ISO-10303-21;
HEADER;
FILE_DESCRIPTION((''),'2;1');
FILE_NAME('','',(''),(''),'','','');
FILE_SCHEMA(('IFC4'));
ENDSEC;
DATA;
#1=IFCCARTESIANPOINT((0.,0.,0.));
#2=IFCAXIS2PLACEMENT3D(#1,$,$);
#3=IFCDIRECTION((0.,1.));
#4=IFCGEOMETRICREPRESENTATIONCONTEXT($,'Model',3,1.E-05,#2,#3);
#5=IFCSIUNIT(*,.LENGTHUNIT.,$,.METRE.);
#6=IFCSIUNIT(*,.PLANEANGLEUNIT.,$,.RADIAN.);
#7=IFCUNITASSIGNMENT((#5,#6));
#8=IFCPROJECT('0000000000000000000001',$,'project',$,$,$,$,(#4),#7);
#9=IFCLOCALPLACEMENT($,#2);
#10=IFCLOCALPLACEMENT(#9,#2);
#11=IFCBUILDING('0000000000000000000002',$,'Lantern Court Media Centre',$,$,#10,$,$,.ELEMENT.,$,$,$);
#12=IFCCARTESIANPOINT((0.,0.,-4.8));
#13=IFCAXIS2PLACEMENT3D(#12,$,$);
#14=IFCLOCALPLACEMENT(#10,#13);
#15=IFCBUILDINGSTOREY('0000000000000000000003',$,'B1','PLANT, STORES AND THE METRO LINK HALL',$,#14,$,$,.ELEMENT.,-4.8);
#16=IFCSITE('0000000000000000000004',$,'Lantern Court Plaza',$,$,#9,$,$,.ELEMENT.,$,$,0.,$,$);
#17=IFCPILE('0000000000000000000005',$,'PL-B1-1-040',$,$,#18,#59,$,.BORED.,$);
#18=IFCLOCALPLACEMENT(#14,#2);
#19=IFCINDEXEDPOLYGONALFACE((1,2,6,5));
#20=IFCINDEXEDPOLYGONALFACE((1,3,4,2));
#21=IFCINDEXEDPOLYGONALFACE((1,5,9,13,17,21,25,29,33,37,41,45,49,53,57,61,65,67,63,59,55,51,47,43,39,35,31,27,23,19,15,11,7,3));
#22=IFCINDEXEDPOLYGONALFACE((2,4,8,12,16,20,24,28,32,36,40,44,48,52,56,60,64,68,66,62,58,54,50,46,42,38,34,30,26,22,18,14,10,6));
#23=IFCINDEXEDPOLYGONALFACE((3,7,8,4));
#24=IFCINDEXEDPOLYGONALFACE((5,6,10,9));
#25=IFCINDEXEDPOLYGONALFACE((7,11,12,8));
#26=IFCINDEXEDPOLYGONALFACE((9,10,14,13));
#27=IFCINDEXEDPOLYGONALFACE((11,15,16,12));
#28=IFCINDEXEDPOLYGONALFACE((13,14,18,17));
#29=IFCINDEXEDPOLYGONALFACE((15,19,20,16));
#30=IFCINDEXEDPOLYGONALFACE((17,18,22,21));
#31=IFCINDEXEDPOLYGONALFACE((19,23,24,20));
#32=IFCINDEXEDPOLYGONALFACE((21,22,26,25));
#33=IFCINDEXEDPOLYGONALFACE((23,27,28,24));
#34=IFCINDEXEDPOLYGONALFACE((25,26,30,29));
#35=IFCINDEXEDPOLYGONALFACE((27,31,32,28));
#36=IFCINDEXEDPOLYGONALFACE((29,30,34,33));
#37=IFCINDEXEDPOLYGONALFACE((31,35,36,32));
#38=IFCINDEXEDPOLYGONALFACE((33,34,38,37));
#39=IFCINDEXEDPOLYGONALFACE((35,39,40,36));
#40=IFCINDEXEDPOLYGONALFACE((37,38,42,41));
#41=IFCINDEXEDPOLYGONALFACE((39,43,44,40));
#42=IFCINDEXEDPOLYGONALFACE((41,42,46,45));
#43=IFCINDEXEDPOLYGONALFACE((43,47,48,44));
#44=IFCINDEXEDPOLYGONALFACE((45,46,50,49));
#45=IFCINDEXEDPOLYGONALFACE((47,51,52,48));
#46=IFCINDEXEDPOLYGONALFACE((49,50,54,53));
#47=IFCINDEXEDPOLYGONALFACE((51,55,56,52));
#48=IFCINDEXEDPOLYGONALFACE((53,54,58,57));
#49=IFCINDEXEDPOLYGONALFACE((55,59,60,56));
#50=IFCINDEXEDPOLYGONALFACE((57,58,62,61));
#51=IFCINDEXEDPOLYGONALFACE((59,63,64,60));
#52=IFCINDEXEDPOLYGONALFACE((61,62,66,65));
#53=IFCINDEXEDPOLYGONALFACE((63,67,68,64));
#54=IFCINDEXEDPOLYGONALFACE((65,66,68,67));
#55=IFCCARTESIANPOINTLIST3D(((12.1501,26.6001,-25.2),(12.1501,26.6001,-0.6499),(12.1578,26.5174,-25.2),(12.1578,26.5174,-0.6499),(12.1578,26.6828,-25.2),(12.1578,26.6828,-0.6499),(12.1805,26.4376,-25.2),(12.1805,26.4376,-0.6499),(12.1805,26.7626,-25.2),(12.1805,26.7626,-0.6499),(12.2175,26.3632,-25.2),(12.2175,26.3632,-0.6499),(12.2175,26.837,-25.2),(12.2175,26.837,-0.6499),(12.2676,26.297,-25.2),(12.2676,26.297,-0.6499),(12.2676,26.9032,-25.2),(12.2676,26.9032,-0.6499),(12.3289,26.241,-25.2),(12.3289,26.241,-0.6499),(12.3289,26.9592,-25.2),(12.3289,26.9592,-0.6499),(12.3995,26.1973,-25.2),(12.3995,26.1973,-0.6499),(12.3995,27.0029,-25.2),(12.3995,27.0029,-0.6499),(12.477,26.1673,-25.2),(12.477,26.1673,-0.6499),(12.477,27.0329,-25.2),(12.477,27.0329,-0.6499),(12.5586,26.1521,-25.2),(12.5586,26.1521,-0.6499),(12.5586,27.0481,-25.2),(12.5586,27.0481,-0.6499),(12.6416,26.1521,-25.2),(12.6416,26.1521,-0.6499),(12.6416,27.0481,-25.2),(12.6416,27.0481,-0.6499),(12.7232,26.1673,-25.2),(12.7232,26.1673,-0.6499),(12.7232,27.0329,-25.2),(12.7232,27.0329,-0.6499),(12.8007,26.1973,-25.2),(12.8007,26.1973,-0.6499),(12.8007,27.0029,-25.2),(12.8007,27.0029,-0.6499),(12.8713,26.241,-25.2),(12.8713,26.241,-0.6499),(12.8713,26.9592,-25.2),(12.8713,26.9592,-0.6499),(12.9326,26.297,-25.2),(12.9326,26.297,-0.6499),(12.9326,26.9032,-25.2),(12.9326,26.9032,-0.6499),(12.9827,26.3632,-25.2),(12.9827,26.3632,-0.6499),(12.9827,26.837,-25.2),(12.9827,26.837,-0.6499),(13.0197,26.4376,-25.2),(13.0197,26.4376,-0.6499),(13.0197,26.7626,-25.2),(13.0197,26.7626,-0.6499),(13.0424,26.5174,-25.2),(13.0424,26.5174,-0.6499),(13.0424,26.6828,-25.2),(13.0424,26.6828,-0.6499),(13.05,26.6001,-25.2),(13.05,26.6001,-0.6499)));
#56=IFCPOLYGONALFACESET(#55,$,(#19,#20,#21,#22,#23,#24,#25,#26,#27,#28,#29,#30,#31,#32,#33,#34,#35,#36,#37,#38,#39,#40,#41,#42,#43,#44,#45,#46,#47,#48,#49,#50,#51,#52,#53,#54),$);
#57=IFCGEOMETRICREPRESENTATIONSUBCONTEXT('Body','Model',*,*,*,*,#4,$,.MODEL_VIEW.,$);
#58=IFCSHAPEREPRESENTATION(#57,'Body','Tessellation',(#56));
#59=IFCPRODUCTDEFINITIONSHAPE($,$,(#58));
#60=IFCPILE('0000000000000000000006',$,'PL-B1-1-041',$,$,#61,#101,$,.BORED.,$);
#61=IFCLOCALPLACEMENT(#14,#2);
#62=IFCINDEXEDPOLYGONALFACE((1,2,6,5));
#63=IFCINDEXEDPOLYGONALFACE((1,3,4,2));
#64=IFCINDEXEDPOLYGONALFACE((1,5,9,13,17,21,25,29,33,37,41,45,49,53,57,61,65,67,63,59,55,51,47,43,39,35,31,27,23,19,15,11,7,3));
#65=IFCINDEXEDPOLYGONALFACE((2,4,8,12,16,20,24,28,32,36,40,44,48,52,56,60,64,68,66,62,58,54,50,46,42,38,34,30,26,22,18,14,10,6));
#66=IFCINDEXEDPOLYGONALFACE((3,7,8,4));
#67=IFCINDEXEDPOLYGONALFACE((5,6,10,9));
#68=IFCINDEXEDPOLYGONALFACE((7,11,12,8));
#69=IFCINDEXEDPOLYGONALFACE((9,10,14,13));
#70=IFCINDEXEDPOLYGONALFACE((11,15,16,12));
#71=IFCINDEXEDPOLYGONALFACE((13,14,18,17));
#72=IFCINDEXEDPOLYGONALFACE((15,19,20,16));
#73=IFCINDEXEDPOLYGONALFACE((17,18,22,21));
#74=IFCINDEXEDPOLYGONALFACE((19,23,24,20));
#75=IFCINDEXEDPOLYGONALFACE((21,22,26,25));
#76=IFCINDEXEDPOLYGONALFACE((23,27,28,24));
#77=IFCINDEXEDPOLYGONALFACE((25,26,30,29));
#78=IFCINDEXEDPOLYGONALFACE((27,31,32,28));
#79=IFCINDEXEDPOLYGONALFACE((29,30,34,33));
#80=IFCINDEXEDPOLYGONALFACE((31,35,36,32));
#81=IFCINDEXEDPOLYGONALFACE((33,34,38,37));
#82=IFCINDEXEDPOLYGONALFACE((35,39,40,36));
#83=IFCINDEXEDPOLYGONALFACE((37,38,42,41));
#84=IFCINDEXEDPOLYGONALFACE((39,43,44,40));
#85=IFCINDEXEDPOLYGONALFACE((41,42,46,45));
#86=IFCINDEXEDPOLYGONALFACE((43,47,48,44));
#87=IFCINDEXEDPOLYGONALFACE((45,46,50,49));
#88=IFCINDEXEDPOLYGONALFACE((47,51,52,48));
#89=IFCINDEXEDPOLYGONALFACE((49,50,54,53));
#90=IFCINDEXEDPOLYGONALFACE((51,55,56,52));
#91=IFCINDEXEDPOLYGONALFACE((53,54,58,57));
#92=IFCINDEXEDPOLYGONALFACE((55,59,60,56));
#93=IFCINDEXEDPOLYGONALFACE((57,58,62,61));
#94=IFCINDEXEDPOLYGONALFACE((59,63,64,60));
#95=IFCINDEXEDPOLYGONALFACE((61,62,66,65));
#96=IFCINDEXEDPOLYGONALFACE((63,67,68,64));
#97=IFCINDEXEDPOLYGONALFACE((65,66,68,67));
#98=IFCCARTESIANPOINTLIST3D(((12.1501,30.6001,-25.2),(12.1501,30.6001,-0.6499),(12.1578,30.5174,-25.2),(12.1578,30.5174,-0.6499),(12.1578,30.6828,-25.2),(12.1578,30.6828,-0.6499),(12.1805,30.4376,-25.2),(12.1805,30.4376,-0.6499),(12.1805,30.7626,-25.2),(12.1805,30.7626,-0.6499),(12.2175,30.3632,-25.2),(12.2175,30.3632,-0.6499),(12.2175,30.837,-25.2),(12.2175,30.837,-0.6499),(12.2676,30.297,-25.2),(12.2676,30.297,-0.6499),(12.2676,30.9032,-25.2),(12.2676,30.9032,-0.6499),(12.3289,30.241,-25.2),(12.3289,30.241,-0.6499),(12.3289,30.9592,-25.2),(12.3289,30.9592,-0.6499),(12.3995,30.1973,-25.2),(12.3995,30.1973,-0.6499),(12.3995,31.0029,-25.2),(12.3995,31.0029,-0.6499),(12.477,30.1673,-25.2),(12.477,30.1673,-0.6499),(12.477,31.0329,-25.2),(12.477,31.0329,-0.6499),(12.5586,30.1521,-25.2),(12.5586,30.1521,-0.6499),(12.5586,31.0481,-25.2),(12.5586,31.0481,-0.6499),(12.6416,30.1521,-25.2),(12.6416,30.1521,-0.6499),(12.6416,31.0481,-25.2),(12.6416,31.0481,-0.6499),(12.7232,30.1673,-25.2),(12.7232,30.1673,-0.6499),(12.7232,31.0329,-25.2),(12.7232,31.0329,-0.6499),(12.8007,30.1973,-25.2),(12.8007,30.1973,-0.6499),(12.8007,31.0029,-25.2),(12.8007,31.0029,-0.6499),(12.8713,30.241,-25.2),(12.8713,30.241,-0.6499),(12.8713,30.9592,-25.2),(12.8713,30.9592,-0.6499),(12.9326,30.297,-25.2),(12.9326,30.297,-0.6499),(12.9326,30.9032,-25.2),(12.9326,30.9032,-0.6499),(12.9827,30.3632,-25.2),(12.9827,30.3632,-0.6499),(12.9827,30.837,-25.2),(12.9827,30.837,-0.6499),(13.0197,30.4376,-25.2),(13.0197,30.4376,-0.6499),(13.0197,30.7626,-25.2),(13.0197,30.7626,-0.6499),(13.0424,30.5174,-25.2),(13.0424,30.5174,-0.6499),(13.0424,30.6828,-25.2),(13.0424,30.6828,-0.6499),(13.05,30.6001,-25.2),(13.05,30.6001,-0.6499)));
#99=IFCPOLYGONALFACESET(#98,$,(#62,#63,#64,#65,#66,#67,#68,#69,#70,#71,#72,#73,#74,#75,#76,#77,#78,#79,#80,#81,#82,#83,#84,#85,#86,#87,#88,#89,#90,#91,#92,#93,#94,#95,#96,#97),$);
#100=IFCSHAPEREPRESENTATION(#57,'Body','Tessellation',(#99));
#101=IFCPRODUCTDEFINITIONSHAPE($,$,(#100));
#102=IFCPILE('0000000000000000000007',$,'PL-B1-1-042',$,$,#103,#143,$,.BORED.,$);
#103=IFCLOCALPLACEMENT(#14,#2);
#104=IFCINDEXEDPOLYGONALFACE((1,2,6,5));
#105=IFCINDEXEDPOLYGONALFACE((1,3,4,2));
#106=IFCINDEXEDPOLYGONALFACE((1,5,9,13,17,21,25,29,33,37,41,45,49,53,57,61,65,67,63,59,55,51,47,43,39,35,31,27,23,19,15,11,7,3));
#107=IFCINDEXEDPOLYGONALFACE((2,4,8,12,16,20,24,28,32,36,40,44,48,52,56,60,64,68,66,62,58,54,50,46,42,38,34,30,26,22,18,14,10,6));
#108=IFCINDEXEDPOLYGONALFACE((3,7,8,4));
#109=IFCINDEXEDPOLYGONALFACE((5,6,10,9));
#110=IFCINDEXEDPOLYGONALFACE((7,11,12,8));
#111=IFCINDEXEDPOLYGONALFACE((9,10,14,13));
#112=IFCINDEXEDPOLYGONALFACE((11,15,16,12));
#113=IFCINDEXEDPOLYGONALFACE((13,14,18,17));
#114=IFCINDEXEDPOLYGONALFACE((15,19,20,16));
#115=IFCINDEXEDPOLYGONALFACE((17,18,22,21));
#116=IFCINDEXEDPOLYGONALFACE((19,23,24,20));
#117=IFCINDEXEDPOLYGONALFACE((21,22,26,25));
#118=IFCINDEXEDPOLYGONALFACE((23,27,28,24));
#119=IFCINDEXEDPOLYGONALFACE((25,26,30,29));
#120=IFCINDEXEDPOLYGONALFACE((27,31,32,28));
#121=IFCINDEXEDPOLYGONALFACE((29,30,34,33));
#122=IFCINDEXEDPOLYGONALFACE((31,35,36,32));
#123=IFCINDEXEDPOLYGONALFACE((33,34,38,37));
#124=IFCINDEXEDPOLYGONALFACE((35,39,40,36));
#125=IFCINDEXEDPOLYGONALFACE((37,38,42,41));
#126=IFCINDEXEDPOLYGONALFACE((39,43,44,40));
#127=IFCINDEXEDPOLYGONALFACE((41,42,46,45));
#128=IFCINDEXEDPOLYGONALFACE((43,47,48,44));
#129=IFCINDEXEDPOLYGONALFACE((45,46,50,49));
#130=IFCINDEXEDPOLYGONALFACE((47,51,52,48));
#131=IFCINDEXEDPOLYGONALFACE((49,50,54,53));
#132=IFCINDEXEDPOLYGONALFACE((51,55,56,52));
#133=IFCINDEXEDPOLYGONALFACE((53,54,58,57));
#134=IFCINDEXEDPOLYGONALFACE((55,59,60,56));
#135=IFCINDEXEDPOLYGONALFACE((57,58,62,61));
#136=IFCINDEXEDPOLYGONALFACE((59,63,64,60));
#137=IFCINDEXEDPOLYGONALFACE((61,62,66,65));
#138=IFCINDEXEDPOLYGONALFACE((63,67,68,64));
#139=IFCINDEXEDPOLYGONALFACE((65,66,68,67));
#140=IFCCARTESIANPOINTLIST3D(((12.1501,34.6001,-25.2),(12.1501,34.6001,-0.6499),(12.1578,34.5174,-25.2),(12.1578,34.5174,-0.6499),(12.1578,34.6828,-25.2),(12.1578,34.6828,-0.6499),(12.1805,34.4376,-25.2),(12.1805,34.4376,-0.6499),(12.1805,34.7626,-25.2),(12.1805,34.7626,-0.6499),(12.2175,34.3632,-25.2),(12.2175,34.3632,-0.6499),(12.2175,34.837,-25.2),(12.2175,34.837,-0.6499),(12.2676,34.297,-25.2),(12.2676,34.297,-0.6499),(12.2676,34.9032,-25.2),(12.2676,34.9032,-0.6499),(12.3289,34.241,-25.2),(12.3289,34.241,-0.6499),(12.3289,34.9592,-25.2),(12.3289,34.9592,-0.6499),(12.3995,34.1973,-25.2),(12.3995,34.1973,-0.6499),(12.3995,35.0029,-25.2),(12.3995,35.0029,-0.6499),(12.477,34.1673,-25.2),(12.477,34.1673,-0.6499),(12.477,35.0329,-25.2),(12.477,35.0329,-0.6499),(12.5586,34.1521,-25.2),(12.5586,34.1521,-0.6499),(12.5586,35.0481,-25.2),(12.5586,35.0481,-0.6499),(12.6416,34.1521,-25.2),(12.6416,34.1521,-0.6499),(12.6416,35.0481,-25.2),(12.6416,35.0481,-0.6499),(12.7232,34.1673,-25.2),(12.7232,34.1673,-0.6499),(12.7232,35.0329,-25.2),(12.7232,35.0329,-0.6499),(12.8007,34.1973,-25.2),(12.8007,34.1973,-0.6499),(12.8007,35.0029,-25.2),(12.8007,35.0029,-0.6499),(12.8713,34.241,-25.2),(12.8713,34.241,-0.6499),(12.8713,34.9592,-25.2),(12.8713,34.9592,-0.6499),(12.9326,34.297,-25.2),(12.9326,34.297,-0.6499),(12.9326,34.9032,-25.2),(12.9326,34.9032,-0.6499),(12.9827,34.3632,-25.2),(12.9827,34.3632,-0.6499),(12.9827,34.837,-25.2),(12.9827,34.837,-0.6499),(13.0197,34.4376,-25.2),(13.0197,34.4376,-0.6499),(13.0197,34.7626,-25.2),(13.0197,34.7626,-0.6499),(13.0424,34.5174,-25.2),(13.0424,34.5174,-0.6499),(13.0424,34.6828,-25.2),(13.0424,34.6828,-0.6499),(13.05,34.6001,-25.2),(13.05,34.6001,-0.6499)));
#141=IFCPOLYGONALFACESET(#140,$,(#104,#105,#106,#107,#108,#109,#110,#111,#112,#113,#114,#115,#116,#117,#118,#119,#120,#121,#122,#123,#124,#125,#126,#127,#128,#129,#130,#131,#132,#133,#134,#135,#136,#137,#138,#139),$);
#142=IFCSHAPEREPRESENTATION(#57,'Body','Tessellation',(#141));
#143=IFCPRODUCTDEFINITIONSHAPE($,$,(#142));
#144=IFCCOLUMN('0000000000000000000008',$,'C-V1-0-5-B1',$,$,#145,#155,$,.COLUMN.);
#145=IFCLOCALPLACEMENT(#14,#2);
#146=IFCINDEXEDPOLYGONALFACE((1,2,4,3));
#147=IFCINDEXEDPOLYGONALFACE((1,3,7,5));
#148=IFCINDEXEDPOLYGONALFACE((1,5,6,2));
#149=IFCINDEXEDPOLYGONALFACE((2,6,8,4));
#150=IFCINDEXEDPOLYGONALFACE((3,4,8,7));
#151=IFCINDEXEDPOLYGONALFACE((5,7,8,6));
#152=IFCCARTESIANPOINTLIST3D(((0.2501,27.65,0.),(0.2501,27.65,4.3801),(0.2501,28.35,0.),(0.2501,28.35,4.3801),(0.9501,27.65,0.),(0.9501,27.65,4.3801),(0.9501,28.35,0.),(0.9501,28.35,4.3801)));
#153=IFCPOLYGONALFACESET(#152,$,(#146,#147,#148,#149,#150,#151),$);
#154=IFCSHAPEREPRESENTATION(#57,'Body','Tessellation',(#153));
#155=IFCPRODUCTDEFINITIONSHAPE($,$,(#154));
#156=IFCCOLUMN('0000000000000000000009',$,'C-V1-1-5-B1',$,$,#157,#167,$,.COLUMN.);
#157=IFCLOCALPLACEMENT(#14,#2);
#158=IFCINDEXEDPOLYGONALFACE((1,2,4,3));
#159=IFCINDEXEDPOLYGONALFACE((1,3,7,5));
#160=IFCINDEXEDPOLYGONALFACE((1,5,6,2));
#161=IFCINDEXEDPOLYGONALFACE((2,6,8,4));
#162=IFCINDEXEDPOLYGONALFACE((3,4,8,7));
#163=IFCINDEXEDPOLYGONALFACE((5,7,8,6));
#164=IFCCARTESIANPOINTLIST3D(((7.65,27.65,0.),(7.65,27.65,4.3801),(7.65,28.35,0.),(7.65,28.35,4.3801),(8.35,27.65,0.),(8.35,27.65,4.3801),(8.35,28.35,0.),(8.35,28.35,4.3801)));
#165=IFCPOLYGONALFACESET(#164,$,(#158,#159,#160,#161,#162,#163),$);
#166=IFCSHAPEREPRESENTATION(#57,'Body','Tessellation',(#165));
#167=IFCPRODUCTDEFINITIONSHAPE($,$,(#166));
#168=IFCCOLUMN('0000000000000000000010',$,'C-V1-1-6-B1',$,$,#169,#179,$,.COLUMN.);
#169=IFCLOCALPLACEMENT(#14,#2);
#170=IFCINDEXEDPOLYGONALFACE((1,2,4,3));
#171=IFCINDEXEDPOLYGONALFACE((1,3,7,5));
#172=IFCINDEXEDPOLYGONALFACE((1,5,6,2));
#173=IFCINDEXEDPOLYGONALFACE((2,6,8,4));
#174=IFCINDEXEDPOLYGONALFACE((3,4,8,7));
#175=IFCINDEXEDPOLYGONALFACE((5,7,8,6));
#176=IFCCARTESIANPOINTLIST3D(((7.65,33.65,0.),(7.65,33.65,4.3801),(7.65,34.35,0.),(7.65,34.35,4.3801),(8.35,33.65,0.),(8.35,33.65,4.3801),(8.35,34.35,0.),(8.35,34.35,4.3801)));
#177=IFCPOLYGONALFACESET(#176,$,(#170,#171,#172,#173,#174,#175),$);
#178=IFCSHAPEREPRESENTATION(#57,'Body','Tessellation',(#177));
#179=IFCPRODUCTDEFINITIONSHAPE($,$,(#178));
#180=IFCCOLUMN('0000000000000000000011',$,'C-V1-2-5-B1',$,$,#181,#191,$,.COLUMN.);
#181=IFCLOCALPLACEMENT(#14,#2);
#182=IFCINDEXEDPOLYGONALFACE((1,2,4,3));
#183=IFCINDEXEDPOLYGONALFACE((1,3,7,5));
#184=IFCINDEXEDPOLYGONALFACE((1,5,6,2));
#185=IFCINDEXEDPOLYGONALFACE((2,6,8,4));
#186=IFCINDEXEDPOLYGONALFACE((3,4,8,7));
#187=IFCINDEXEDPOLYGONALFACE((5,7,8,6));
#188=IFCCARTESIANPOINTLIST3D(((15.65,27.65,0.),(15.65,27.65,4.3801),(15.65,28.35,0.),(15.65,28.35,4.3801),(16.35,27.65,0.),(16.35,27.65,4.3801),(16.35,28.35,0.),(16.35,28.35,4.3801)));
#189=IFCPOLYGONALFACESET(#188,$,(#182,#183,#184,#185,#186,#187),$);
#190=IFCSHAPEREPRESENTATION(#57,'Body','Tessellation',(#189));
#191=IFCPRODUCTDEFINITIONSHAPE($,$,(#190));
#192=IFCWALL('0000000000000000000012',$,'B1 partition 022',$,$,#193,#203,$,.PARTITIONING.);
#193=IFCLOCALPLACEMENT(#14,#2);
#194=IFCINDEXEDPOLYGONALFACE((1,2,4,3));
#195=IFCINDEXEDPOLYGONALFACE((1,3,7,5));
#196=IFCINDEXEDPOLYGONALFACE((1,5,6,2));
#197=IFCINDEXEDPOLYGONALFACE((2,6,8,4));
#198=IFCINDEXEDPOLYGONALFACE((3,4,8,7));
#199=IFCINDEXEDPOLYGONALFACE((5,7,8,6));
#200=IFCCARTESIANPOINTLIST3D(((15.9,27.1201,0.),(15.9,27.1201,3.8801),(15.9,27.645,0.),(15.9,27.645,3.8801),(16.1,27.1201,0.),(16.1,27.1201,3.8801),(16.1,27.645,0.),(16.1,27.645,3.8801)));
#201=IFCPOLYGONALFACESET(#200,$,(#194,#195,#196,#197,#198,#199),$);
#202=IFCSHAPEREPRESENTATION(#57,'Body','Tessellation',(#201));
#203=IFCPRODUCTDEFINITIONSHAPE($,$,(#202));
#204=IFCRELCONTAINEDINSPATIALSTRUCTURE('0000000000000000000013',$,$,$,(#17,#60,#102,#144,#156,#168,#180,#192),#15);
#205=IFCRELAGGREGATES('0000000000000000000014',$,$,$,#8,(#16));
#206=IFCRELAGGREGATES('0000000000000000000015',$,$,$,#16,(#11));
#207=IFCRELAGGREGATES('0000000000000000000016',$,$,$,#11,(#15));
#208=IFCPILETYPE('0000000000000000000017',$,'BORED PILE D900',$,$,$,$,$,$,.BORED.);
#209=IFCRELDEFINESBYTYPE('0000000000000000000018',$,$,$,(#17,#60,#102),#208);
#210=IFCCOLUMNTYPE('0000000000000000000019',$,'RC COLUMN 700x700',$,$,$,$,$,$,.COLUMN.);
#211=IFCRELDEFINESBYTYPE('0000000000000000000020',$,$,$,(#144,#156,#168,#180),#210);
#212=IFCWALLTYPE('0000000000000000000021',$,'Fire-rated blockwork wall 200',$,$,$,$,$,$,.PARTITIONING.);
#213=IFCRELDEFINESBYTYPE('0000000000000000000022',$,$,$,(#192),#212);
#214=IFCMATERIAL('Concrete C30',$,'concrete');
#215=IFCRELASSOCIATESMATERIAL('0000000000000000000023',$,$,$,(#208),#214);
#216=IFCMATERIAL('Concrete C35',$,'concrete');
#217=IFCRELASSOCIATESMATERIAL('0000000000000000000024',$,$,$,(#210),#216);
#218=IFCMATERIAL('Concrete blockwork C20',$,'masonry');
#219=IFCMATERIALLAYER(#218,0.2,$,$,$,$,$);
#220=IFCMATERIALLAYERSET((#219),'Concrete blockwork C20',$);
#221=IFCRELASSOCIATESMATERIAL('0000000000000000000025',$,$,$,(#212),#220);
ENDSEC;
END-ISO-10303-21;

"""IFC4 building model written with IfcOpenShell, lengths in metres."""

from ifc_helpers import new_model, si_unit, direction, frame, frame_2d, origin, origin_2d, place, context, subcontext, project, spatial, rectangle, circle, extrude, material, layer, layer_set, material_profile, profile_set, type_object, element, save


model = new_model("IFC4")

# Units and contexts
model_context = context("Model", 3, precision=1e-05, world=origin(), true_north=direction((0.0, 1.0)))
body_context = subcontext(model_context, "Body", "Model", "MODEL_VIEW")
ifc_project = project(units=[si_unit("LENGTHUNIT", "METRE"), si_unit("PLANEANGLEUNIT", "RADIAN")], contexts=[model_context])

# Site, building, storey
site_placement = place(None, origin())
site = spatial("IfcSite", under=ifc_project, at=site_placement, Name="Lantern Court Plaza", CompositionType="ELEMENT", RefElevation=0.0)
building_placement = place(site_placement, origin())
building = spatial("IfcBuilding", under=site, at=building_placement, Name="Lantern Court Media Centre", CompositionType="ELEMENT")
storey_placement = place(building_placement, frame((0.0, 0.0, -4.8)))
storey = spatial("IfcBuildingStorey", under=building, at=storey_placement, Name="B1", Description="PLANT, STORES AND THE METRO LINK HALL", CompositionType="ELEMENT", Elevation=-4.8)

# Piles
ifc_material_1 = material(Name="Concrete C30", Category="concrete")
ifc_material_profile_1 = material_profile(ifc_material_1, circle(Radius=0.45, at=origin_2d()), Name="D900")
ifc_profile_set_1 = profile_set([ifc_material_profile_1], Name="Concrete C30")
pile_type = type_object("IfcPileType", Name="BORED PILE D900", PredefinedType="BORED", material=ifc_profile_set_1)
for number, where, z_axis, x_axis, name in (
    (1, (12.6001, 26.6001, -0.6499), (0.0, 0.0, -1.0), (1.0, 0.0, 0.0), "PL-B1-1-040"),
    (2, (12.6001, 30.6001, -0.6499), (0.0, 0.0, -1.0), (1.0, 0.0, 0.0), "PL-B1-1-041"),
    (3, (12.6001, 34.6001, -0.6499), (0.0, 0.0, -1.0), (1.0, 0.0, 0.0), "PL-B1-1-042"),
):
    element("IfcPile", number, at=place(storey_placement, frame(where, z_axis=z_axis, x_axis=x_axis)), inside=storey, type_object=pile_type, Name=name, PredefinedType="BORED", context=body_context, shape_type="SweptSolid", body=[
        extrude(circle(Radius=0.45, at=origin_2d()), origin(), (0.0, 0.0, 1.0), 24.55),
    ])

# Columns
ifc_material_2 = material(Name="Concrete C35", Category="concrete")
ifc_material_profile_2 = material_profile(ifc_material_2, rectangle(XDim=0.7, YDim=0.7, at=origin_2d()), Name="RC 700x700")
ifc_profile_set_2 = profile_set([ifc_material_profile_2], Name="Concrete C35")
column_type = type_object("IfcColumnType", Name="RC COLUMN 700x700", PredefinedType="COLUMN", material=ifc_profile_set_2)
for number, where, z_axis, x_axis, name in (
    (4, (0.6001, 28.0, 0.0), (0.0, 0.0, 1.0), (1.0, 0.0, 0.0), "C-V1-0-5-B1"),
    (5, (8.0, 28.0, 0.0), (0.0, 0.0, 1.0), (1.0, 0.0, 0.0), "C-V1-1-5-B1"),
    (6, (8.0, 34.0, 0.0), (0.0, 0.0, 1.0), (1.0, 0.0, 0.0), "C-V1-1-6-B1"),
    (7, (16.0, 28.0, 0.0), (0.0, 0.0, 1.0), (1.0, 0.0, 0.0), "C-V1-2-5-B1"),
):
    element("IfcColumn", number, at=place(storey_placement, frame(where, z_axis=z_axis, x_axis=x_axis)), inside=storey, type_object=column_type, Name=name, PredefinedType="COLUMN", context=body_context, shape_type="SweptSolid", body=[
        extrude(rectangle(XDim=0.7, YDim=0.7, at=origin_2d()), origin(), (0.0, 0.0, 1.0), 4.3801),
    ])

# Wall
ifc_material_3 = material(Name="Concrete blockwork C20", Category="masonry")
ifc_layer_1 = layer(ifc_material_3, 0.2)
ifc_layer_set_1 = layer_set([ifc_layer_1], Name="Concrete blockwork C20")
wall_type_1 = type_object("IfcWallType", Name="Fire-rated blockwork wall 200", PredefinedType="PARTITIONING", material=ifc_layer_set_1)
wall_1_placement = place(storey_placement, frame((16.0, 27.1201, 0.0), z_axis=(0.0, 0.0, 1.0), x_axis=(0.0, 1.0, 0.0)))
element("IfcWall", 8, at=wall_1_placement, inside=storey, type_object=wall_type_1, Name="B1 partition 022", PredefinedType="PARTITIONING", context=body_context, shape_type="SweptSolid", body=[
    extrude(rectangle(XDim=0.5249, YDim=0.2, at=frame_2d((0.2625, 0.0))), origin(), (0.0, 0.0, 1.0), 3.8801),
])

save(model, "model.ifc")
